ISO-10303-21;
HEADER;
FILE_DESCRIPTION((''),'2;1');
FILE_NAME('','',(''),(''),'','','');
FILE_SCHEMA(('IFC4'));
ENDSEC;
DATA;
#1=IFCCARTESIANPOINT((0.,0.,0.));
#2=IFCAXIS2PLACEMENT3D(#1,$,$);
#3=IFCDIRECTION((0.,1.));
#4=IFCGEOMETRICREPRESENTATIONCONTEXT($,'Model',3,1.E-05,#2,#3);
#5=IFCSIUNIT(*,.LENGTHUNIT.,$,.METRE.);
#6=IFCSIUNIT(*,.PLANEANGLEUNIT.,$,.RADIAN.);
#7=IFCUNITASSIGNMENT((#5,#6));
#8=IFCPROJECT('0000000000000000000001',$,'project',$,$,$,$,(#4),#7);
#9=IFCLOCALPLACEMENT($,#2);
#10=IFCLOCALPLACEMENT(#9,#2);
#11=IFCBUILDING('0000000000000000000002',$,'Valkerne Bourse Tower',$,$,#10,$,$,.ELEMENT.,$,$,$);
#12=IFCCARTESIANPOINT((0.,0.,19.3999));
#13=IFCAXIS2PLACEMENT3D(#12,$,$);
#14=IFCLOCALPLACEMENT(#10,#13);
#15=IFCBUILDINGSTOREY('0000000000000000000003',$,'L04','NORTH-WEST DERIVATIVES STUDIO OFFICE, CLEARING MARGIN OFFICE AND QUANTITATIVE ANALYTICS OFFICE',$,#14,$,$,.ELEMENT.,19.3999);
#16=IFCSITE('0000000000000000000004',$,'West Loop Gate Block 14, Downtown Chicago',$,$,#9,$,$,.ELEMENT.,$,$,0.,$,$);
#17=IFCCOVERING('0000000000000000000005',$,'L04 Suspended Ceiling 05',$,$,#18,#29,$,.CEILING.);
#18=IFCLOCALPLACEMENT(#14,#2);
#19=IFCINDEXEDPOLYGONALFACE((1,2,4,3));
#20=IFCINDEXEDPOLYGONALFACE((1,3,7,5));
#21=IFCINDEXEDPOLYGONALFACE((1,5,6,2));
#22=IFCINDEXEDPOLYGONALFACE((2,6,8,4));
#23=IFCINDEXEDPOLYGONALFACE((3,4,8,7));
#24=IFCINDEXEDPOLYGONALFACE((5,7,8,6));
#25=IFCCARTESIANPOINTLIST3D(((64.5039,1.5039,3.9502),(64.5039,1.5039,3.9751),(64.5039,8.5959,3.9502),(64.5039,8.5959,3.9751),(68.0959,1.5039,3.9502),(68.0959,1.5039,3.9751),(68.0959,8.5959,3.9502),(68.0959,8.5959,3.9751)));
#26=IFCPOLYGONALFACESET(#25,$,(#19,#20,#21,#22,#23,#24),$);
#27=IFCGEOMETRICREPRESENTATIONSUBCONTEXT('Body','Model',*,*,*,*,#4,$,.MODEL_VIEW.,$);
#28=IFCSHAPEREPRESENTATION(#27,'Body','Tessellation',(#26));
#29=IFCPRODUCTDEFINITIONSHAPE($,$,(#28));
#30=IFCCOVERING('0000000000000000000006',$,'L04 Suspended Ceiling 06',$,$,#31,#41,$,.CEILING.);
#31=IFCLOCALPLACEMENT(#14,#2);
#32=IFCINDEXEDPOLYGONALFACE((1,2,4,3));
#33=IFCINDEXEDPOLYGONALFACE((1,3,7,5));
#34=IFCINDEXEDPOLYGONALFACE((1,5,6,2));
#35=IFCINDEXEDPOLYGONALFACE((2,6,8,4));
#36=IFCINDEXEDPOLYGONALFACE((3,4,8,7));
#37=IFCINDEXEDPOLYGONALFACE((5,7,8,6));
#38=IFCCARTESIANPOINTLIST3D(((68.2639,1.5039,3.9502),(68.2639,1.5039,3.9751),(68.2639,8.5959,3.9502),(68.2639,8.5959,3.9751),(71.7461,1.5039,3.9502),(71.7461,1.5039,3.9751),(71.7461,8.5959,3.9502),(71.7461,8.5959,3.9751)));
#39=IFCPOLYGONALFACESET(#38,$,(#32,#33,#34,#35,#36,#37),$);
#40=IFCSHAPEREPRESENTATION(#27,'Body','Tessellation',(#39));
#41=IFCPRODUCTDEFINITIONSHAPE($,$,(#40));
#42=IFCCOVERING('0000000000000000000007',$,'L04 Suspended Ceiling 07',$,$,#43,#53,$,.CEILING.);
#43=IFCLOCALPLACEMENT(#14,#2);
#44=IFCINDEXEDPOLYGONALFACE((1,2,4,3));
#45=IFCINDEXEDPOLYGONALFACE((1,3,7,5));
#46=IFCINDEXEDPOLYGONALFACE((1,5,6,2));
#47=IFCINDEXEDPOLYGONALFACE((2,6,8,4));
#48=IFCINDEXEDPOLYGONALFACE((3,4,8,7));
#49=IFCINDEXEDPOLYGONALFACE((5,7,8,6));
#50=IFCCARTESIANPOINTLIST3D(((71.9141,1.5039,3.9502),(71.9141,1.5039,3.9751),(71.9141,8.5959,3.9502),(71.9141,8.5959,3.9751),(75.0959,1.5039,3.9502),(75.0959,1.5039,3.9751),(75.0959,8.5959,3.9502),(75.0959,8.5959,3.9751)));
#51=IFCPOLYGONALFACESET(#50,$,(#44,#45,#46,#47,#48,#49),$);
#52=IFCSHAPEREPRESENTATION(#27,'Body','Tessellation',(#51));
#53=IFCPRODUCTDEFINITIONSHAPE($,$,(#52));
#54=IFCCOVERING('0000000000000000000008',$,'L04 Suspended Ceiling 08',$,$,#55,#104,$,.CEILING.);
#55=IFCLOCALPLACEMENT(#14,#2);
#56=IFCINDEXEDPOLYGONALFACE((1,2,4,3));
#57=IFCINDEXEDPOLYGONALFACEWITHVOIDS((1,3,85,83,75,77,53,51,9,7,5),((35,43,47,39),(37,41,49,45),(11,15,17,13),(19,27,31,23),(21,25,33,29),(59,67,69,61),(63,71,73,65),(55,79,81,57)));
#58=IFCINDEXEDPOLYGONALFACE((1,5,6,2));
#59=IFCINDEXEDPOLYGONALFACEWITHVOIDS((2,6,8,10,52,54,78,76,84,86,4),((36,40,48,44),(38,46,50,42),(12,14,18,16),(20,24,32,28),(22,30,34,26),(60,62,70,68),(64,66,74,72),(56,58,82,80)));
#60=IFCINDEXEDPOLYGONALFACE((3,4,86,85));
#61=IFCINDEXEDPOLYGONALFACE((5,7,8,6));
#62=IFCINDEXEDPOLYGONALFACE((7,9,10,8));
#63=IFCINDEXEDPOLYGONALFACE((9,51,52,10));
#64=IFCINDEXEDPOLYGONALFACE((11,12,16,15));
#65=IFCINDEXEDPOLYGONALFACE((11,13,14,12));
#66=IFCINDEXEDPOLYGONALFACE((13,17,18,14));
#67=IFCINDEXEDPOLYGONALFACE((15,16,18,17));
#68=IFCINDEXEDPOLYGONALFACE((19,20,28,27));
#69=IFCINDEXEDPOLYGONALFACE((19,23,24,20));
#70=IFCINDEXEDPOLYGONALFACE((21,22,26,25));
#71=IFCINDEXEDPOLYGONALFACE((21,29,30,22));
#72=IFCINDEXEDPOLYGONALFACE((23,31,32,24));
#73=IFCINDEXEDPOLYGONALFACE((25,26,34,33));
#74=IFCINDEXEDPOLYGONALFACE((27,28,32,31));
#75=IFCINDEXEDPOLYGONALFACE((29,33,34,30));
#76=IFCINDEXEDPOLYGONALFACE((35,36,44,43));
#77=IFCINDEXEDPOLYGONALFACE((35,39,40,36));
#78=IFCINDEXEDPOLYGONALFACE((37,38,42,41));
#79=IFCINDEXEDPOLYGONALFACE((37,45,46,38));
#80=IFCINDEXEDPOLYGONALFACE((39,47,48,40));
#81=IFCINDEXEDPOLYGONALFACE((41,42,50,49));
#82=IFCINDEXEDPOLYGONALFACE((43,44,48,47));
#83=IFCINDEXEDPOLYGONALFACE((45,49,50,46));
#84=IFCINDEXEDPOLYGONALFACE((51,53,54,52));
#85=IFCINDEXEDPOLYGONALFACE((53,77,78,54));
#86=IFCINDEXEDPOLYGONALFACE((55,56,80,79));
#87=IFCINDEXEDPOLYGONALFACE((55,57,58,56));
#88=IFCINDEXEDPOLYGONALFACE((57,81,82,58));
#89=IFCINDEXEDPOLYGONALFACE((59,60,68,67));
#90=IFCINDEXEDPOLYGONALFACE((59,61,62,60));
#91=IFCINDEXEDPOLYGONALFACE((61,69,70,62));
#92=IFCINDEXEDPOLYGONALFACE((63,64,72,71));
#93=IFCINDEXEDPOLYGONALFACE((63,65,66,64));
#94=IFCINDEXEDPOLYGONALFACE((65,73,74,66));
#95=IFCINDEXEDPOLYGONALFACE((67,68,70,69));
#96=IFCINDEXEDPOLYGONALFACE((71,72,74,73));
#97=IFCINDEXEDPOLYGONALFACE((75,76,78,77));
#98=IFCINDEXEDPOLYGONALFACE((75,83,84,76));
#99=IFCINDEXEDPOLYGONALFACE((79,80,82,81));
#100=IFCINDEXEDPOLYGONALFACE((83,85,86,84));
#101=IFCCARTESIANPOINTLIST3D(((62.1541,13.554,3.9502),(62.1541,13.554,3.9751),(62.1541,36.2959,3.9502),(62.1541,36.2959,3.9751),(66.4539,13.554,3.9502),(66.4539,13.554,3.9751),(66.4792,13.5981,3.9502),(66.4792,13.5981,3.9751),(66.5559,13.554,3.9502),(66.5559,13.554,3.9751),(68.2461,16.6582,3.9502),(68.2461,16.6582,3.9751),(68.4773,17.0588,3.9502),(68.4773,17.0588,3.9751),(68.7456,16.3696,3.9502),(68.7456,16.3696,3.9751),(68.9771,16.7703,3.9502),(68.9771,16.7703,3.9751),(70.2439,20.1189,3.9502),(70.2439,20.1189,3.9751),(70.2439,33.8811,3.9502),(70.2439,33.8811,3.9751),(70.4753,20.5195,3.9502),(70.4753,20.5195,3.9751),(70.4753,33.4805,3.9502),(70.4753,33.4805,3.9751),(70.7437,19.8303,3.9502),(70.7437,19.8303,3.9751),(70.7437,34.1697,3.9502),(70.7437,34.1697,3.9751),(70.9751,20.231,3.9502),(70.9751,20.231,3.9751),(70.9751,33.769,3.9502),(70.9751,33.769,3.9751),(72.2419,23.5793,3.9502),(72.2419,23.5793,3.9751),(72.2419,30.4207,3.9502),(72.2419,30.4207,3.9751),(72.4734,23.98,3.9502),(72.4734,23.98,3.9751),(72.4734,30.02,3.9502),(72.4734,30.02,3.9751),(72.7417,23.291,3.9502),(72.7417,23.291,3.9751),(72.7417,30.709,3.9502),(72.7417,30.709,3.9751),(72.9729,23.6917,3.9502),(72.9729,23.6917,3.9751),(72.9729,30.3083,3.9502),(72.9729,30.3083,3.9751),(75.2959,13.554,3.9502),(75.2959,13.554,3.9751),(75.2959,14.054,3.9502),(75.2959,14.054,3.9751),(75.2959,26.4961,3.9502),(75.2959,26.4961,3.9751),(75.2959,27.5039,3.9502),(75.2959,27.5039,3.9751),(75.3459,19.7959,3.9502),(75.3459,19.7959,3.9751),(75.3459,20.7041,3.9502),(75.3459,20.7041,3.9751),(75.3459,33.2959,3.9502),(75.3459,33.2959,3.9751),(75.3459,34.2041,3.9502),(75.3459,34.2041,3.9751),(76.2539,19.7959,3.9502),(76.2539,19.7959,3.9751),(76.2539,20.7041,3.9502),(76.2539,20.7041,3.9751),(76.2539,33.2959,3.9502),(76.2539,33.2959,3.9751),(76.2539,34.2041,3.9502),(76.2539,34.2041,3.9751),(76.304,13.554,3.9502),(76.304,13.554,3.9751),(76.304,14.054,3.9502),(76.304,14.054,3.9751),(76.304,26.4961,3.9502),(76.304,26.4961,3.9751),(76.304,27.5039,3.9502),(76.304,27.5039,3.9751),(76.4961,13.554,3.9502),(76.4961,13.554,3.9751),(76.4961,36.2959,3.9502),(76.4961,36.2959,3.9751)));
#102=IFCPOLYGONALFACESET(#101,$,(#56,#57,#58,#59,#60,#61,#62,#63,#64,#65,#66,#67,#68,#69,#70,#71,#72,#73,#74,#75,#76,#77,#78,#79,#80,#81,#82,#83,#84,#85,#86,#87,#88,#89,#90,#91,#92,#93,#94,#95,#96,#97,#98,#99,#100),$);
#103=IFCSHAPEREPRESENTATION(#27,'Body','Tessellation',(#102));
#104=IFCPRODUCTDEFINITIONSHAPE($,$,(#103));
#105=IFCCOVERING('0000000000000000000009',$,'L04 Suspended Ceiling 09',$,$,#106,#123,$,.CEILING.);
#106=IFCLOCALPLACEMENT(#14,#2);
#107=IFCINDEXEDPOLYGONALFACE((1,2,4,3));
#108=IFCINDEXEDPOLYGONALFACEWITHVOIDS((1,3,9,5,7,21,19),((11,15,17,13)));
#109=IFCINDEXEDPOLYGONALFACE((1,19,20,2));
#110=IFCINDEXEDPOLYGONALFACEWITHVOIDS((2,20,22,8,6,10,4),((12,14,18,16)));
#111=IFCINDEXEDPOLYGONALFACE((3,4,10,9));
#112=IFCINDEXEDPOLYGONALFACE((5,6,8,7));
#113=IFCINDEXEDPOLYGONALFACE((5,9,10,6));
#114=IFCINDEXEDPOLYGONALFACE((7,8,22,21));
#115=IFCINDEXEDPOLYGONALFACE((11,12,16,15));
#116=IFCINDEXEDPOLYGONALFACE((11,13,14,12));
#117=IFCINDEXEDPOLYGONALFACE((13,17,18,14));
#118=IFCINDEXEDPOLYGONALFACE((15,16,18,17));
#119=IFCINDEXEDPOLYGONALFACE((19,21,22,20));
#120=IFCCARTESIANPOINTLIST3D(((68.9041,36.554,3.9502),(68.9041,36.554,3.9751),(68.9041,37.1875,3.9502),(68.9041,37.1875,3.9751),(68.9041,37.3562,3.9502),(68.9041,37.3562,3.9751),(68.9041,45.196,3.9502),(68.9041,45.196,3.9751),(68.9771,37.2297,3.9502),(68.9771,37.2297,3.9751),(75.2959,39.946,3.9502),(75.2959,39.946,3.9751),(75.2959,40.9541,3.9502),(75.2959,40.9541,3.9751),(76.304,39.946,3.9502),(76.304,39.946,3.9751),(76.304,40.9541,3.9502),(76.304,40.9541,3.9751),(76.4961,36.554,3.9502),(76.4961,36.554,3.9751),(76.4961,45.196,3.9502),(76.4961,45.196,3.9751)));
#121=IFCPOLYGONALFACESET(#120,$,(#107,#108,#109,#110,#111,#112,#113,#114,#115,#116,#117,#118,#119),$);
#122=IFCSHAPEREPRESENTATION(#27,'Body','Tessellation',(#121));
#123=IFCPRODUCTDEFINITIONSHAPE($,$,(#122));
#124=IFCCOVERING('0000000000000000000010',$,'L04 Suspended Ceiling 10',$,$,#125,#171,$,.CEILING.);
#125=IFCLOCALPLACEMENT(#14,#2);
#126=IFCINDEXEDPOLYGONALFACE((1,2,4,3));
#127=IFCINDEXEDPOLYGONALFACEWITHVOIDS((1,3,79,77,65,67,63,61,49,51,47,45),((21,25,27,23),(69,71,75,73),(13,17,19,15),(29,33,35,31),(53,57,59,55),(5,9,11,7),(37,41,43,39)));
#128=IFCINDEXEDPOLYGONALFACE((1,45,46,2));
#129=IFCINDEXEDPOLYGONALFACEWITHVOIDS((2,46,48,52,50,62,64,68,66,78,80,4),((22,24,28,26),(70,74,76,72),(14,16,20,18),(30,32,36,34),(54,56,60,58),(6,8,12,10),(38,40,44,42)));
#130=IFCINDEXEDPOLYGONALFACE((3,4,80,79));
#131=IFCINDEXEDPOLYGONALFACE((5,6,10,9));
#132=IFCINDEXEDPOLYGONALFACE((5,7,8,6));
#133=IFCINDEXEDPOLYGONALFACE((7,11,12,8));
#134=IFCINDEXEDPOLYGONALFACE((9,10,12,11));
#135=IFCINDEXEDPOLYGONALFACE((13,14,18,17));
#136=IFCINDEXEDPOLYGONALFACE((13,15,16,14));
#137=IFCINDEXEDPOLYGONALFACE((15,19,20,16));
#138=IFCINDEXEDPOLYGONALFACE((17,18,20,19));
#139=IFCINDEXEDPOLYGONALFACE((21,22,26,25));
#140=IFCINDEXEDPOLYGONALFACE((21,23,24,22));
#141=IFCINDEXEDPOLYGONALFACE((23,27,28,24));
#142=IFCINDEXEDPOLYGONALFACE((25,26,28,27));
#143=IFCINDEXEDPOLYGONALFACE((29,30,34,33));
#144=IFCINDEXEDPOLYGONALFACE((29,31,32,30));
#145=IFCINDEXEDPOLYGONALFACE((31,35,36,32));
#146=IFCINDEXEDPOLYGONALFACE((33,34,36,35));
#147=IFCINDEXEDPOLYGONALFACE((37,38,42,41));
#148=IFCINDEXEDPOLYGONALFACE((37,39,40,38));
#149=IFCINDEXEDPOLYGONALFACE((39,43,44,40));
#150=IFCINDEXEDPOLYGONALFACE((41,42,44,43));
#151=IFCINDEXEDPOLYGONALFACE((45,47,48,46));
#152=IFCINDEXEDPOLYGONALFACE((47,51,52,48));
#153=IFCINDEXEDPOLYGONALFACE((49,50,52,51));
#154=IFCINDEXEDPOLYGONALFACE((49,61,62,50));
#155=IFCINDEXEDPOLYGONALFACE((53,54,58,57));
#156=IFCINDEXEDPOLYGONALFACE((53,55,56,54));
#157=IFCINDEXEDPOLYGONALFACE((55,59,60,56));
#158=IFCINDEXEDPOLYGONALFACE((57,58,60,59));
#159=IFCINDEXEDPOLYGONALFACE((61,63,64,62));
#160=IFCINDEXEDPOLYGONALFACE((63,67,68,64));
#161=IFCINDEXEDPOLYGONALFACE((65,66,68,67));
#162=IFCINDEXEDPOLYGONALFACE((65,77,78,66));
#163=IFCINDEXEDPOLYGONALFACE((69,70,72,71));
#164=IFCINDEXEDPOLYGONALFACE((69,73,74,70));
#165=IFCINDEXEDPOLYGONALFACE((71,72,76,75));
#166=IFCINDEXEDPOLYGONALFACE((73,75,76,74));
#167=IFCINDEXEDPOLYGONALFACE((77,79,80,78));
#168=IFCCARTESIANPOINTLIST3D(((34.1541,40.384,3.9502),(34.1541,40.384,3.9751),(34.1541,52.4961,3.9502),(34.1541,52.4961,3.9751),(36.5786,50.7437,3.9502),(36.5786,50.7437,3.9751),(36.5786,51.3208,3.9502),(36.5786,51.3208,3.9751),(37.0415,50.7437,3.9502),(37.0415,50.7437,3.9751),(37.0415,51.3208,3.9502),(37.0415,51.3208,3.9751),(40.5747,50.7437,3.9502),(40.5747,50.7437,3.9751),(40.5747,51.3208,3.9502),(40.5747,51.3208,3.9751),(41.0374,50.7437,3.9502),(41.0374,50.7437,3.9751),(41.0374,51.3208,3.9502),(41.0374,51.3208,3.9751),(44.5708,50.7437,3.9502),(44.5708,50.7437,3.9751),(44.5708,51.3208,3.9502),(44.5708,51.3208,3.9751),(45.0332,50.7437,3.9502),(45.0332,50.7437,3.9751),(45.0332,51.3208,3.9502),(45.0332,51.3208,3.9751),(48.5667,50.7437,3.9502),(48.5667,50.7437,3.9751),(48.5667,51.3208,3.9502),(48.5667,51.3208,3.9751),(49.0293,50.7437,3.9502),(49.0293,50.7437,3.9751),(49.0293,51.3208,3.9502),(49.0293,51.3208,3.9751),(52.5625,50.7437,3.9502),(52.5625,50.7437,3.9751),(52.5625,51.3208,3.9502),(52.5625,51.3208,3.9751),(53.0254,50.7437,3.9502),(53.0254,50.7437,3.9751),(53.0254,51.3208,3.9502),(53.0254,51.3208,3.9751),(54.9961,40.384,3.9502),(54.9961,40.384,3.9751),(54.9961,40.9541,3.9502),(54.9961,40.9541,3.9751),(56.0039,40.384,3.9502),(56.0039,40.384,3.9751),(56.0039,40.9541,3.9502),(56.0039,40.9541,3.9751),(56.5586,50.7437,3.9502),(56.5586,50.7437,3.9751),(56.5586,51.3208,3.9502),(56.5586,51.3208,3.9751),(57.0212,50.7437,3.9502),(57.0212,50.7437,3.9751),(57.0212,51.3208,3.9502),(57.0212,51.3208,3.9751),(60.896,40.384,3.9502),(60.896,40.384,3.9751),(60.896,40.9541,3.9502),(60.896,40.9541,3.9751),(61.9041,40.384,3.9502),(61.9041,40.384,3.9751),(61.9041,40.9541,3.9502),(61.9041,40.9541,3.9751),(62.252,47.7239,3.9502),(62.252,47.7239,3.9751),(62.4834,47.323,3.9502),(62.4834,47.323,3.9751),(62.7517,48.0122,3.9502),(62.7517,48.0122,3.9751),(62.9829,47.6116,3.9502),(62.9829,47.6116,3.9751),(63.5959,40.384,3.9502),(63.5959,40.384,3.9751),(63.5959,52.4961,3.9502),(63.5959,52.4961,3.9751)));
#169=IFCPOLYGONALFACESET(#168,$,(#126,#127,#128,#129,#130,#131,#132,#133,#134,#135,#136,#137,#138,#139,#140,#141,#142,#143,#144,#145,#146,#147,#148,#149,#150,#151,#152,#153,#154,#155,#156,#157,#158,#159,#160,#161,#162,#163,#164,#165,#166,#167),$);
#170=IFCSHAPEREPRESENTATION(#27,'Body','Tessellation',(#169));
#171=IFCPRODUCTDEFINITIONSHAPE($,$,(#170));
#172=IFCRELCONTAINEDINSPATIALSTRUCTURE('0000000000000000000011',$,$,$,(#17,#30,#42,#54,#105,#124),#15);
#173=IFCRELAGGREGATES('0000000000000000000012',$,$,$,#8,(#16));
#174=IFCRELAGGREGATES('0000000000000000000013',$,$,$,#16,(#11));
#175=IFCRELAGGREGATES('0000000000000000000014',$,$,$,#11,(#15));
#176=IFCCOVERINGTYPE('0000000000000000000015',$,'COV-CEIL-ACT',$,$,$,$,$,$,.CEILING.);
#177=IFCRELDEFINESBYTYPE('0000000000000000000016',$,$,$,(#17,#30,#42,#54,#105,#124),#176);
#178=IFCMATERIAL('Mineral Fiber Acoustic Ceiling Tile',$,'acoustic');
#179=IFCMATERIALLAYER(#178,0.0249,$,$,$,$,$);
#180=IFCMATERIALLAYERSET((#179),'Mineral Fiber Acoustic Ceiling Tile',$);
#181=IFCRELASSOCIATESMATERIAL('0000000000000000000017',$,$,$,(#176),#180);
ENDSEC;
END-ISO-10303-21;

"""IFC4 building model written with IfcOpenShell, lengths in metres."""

from ifc_helpers import new_model, si_unit, direction, frame, origin, place, context, subcontext, project, spatial, polyline, outline, extrude, material, layer, layer_set, type_object, element, save


model = new_model("IFC4")

# Units and contexts
model_context = context("Model", 3, precision=1e-05, world=origin(), true_north=direction((0.0, 1.0)))
body_context = subcontext(model_context, "Body", "Model", "MODEL_VIEW")
ifc_project = project(units=[si_unit("LENGTHUNIT", "METRE"), si_unit("PLANEANGLEUNIT", "RADIAN")], contexts=[model_context])

# Site, building, storey
site_placement = place(None, origin())
site = spatial("IfcSite", under=ifc_project, at=site_placement, Name="West Loop Gate Block 14, Downtown Chicago", CompositionType="ELEMENT", RefElevation=0.0)
building_placement = place(site_placement, origin())
building = spatial("IfcBuilding", under=site, at=building_placement, Name="Valkerne Bourse Tower", CompositionType="ELEMENT")
storey_placement = place(building_placement, frame((0.0, 0.0, 19.3999)))
storey = spatial("IfcBuildingStorey", under=building, at=storey_placement, Name="L04", Description="NORTH-WEST DERIVATIVES STUDIO OFFICE, CLEARING MARGIN OFFICE AND QUANTITATIVE ANALYTICS OFFICE", CompositionType="ELEMENT", Elevation=19.3999)

# Coverings
ifc_material_1 = material(Name="Mineral Fiber Acoustic Ceiling Tile", Category="acoustic")
ifc_layer_1 = layer(ifc_material_1, 0.0249)
ifc_layer_set_1 = layer_set([ifc_layer_1], Name="Mineral Fiber Acoustic Ceiling Tile")
covering_type_1 = type_object("IfcCoveringType", Name="COV-CEIL-ACT", PredefinedType="CEILING", material=ifc_layer_set_1)
covering_1_placement = place(storey_placement, frame((0.0, 0.0, 3.9502)))
element("IfcCovering", 1, at=covering_1_placement, inside=storey, type_object=covering_type_1, Name="L04 Suspended Ceiling 05", PredefinedType="CEILING", context=body_context, shape_type="SweptSolid", body=[
    extrude(outline(polyline([(64.5039, 8.5959), (68.0959, 8.5959), (68.0959, 1.5039), (64.5039, 1.5039), (64.5039, 8.5959)])), origin(), (0.0, 0.0, 1.0), 0.0249),
])
covering_2_placement = place(storey_placement, frame((0.0, 0.0, 3.9502)))
element("IfcCovering", 2, at=covering_2_placement, inside=storey, type_object=covering_type_1, Name="L04 Suspended Ceiling 06", PredefinedType="CEILING", context=body_context, shape_type="SweptSolid", body=[
    extrude(outline(polyline([(68.2639, 8.5959), (71.7461, 8.5959), (71.7461, 1.5039), (68.2639, 1.5039), (68.2639, 8.5959)])), origin(), (0.0, 0.0, 1.0), 0.0249),
])
covering_3_placement = place(storey_placement, frame((0.0, 0.0, 3.9502)))
element("IfcCovering", 3, at=covering_3_placement, inside=storey, type_object=covering_type_1, Name="L04 Suspended Ceiling 07", PredefinedType="CEILING", context=body_context, shape_type="SweptSolid", body=[
    extrude(outline(polyline([(71.9141, 8.5959), (75.0959, 8.5959), (75.0959, 1.5039), (71.9141, 1.5039), (71.9141, 8.5959)])), origin(), (0.0, 0.0, 1.0), 0.0249),
])
covering_4_placement = place(storey_placement, frame((0.0, 0.0, 3.9502)))
element("IfcCovering", 4, at=covering_4_placement, inside=storey, type_object=covering_type_1, Name="L04 Suspended Ceiling 08", PredefinedType="CEILING", context=body_context, shape_type="SweptSolid", body=[
    extrude(outline(polyline([(62.1541, 36.2959), (76.4961, 36.2959), (76.4961, 13.554), (76.304, 13.554), (76.304, 14.054), (75.2959, 14.054), (75.2959, 13.554), (66.5559, 13.554), (66.4792, 13.5981), (66.4539, 13.554), (62.1541, 13.554), (62.1541, 36.2959)]), holes=[polyline([(68.2461, 16.6582), (68.7456, 16.3696), (68.9771, 16.7703), (68.4773, 17.0588), (68.2461, 16.6582)]), polyline([(70.2439, 20.1189), (70.7437, 19.8303), (70.9751, 20.231), (70.4753, 20.5195), (70.2439, 20.1189)]), polyline([(76.2539, 20.7041), (75.3459, 20.7041), (75.3459, 19.7959), (76.2539, 19.7959), (76.2539, 20.7041)]), polyline([(72.2419, 23.5793), (72.7417, 23.291), (72.9729, 23.6917), (72.4734, 23.98), (72.2419, 23.5793)]), polyline([(75.2959, 27.5039), (75.2959, 26.4961), (76.304, 26.4961), (76.304, 27.5039), (75.2959, 27.5039)]), polyline([(72.7417, 30.709), (72.2419, 30.4207), (72.4734, 30.02), (72.9729, 30.3083), (72.7417, 30.709)]), polyline([(75.3459, 34.2041), (75.3459, 33.2959), (76.2539, 33.2959), (76.2539, 34.2041), (75.3459, 34.2041)]), polyline([(70.2439, 33.8811), (70.4753, 33.4805), (70.9751, 33.769), (70.7437, 34.1697), (70.2439, 33.8811)])]), origin(), (0.0, 0.0, 1.0), 0.0249),
])
covering_5_placement = place(storey_placement, frame((0.0, 0.0, 3.9502)))
element("IfcCovering", 5, at=covering_5_placement, inside=storey, type_object=covering_type_1, Name="L04 Suspended Ceiling 09", PredefinedType="CEILING", context=body_context, shape_type="SweptSolid", body=[
    extrude(outline(polyline([(68.9041, 37.1875), (68.9771, 37.2297), (68.9041, 37.3562), (68.9041, 45.196), (76.4961, 45.196), (76.4961, 36.554), (68.9041, 36.554), (68.9041, 37.1875)]), holes=[polyline([(76.304, 40.9541), (75.2959, 40.9541), (75.2959, 39.946), (76.304, 39.946), (76.304, 40.9541)])]), origin(), (0.0, 0.0, 1.0), 0.0249),
])
covering_6_placement = place(storey_placement, frame((0.0, 0.0, 3.9502)))
element("IfcCovering", 6, at=covering_6_placement, inside=storey, type_object=covering_type_1, Name="L04 Suspended Ceiling 10", PredefinedType="CEILING", context=body_context, shape_type="SweptSolid", body=[
    extrude(outline(polyline([(34.1541, 52.4961), (63.5959, 52.4961), (63.5959, 40.384), (61.9041, 40.384), (61.9041, 40.9541), (60.896, 40.9541), (60.896, 40.384), (56.0039, 40.384), (56.0039, 40.9541), (54.9961, 40.9541), (54.9961, 40.384), (34.1541, 40.384), (34.1541, 52.4961)]), holes=[polyline([(44.5708, 51.3208), (44.5708, 50.7437), (45.0332, 50.7437), (45.0332, 51.3208), (44.5708, 51.3208)]), polyline([(52.5625, 51.3208), (52.5625, 50.7437), (53.0254, 50.7437), (53.0254, 51.3208), (52.5625, 51.3208)]), polyline([(41.0374, 51.3208), (40.5747, 51.3208), (40.5747, 50.7437), (41.0374, 50.7437), (41.0374, 51.3208)]), polyline([(49.0293, 51.3208), (48.5667, 51.3208), (48.5667, 50.7437), (49.0293, 50.7437), (49.0293, 51.3208)]), polyline([(56.5586, 51.3208), (56.5586, 50.7437), (57.0212, 50.7437), (57.0212, 51.3208), (56.5586, 51.3208)]), polyline([(36.5786, 51.3208), (36.5786, 50.7437), (37.0415, 50.7437), (37.0415, 51.3208), (36.5786, 51.3208)]), polyline([(62.7517, 48.0122), (62.252, 47.7239), (62.4834, 47.323), (62.9829, 47.6116), (62.7517, 48.0122)])]), origin(), (0.0, 0.0, 1.0), 0.0249),
])

save(model, "model.ifc")
